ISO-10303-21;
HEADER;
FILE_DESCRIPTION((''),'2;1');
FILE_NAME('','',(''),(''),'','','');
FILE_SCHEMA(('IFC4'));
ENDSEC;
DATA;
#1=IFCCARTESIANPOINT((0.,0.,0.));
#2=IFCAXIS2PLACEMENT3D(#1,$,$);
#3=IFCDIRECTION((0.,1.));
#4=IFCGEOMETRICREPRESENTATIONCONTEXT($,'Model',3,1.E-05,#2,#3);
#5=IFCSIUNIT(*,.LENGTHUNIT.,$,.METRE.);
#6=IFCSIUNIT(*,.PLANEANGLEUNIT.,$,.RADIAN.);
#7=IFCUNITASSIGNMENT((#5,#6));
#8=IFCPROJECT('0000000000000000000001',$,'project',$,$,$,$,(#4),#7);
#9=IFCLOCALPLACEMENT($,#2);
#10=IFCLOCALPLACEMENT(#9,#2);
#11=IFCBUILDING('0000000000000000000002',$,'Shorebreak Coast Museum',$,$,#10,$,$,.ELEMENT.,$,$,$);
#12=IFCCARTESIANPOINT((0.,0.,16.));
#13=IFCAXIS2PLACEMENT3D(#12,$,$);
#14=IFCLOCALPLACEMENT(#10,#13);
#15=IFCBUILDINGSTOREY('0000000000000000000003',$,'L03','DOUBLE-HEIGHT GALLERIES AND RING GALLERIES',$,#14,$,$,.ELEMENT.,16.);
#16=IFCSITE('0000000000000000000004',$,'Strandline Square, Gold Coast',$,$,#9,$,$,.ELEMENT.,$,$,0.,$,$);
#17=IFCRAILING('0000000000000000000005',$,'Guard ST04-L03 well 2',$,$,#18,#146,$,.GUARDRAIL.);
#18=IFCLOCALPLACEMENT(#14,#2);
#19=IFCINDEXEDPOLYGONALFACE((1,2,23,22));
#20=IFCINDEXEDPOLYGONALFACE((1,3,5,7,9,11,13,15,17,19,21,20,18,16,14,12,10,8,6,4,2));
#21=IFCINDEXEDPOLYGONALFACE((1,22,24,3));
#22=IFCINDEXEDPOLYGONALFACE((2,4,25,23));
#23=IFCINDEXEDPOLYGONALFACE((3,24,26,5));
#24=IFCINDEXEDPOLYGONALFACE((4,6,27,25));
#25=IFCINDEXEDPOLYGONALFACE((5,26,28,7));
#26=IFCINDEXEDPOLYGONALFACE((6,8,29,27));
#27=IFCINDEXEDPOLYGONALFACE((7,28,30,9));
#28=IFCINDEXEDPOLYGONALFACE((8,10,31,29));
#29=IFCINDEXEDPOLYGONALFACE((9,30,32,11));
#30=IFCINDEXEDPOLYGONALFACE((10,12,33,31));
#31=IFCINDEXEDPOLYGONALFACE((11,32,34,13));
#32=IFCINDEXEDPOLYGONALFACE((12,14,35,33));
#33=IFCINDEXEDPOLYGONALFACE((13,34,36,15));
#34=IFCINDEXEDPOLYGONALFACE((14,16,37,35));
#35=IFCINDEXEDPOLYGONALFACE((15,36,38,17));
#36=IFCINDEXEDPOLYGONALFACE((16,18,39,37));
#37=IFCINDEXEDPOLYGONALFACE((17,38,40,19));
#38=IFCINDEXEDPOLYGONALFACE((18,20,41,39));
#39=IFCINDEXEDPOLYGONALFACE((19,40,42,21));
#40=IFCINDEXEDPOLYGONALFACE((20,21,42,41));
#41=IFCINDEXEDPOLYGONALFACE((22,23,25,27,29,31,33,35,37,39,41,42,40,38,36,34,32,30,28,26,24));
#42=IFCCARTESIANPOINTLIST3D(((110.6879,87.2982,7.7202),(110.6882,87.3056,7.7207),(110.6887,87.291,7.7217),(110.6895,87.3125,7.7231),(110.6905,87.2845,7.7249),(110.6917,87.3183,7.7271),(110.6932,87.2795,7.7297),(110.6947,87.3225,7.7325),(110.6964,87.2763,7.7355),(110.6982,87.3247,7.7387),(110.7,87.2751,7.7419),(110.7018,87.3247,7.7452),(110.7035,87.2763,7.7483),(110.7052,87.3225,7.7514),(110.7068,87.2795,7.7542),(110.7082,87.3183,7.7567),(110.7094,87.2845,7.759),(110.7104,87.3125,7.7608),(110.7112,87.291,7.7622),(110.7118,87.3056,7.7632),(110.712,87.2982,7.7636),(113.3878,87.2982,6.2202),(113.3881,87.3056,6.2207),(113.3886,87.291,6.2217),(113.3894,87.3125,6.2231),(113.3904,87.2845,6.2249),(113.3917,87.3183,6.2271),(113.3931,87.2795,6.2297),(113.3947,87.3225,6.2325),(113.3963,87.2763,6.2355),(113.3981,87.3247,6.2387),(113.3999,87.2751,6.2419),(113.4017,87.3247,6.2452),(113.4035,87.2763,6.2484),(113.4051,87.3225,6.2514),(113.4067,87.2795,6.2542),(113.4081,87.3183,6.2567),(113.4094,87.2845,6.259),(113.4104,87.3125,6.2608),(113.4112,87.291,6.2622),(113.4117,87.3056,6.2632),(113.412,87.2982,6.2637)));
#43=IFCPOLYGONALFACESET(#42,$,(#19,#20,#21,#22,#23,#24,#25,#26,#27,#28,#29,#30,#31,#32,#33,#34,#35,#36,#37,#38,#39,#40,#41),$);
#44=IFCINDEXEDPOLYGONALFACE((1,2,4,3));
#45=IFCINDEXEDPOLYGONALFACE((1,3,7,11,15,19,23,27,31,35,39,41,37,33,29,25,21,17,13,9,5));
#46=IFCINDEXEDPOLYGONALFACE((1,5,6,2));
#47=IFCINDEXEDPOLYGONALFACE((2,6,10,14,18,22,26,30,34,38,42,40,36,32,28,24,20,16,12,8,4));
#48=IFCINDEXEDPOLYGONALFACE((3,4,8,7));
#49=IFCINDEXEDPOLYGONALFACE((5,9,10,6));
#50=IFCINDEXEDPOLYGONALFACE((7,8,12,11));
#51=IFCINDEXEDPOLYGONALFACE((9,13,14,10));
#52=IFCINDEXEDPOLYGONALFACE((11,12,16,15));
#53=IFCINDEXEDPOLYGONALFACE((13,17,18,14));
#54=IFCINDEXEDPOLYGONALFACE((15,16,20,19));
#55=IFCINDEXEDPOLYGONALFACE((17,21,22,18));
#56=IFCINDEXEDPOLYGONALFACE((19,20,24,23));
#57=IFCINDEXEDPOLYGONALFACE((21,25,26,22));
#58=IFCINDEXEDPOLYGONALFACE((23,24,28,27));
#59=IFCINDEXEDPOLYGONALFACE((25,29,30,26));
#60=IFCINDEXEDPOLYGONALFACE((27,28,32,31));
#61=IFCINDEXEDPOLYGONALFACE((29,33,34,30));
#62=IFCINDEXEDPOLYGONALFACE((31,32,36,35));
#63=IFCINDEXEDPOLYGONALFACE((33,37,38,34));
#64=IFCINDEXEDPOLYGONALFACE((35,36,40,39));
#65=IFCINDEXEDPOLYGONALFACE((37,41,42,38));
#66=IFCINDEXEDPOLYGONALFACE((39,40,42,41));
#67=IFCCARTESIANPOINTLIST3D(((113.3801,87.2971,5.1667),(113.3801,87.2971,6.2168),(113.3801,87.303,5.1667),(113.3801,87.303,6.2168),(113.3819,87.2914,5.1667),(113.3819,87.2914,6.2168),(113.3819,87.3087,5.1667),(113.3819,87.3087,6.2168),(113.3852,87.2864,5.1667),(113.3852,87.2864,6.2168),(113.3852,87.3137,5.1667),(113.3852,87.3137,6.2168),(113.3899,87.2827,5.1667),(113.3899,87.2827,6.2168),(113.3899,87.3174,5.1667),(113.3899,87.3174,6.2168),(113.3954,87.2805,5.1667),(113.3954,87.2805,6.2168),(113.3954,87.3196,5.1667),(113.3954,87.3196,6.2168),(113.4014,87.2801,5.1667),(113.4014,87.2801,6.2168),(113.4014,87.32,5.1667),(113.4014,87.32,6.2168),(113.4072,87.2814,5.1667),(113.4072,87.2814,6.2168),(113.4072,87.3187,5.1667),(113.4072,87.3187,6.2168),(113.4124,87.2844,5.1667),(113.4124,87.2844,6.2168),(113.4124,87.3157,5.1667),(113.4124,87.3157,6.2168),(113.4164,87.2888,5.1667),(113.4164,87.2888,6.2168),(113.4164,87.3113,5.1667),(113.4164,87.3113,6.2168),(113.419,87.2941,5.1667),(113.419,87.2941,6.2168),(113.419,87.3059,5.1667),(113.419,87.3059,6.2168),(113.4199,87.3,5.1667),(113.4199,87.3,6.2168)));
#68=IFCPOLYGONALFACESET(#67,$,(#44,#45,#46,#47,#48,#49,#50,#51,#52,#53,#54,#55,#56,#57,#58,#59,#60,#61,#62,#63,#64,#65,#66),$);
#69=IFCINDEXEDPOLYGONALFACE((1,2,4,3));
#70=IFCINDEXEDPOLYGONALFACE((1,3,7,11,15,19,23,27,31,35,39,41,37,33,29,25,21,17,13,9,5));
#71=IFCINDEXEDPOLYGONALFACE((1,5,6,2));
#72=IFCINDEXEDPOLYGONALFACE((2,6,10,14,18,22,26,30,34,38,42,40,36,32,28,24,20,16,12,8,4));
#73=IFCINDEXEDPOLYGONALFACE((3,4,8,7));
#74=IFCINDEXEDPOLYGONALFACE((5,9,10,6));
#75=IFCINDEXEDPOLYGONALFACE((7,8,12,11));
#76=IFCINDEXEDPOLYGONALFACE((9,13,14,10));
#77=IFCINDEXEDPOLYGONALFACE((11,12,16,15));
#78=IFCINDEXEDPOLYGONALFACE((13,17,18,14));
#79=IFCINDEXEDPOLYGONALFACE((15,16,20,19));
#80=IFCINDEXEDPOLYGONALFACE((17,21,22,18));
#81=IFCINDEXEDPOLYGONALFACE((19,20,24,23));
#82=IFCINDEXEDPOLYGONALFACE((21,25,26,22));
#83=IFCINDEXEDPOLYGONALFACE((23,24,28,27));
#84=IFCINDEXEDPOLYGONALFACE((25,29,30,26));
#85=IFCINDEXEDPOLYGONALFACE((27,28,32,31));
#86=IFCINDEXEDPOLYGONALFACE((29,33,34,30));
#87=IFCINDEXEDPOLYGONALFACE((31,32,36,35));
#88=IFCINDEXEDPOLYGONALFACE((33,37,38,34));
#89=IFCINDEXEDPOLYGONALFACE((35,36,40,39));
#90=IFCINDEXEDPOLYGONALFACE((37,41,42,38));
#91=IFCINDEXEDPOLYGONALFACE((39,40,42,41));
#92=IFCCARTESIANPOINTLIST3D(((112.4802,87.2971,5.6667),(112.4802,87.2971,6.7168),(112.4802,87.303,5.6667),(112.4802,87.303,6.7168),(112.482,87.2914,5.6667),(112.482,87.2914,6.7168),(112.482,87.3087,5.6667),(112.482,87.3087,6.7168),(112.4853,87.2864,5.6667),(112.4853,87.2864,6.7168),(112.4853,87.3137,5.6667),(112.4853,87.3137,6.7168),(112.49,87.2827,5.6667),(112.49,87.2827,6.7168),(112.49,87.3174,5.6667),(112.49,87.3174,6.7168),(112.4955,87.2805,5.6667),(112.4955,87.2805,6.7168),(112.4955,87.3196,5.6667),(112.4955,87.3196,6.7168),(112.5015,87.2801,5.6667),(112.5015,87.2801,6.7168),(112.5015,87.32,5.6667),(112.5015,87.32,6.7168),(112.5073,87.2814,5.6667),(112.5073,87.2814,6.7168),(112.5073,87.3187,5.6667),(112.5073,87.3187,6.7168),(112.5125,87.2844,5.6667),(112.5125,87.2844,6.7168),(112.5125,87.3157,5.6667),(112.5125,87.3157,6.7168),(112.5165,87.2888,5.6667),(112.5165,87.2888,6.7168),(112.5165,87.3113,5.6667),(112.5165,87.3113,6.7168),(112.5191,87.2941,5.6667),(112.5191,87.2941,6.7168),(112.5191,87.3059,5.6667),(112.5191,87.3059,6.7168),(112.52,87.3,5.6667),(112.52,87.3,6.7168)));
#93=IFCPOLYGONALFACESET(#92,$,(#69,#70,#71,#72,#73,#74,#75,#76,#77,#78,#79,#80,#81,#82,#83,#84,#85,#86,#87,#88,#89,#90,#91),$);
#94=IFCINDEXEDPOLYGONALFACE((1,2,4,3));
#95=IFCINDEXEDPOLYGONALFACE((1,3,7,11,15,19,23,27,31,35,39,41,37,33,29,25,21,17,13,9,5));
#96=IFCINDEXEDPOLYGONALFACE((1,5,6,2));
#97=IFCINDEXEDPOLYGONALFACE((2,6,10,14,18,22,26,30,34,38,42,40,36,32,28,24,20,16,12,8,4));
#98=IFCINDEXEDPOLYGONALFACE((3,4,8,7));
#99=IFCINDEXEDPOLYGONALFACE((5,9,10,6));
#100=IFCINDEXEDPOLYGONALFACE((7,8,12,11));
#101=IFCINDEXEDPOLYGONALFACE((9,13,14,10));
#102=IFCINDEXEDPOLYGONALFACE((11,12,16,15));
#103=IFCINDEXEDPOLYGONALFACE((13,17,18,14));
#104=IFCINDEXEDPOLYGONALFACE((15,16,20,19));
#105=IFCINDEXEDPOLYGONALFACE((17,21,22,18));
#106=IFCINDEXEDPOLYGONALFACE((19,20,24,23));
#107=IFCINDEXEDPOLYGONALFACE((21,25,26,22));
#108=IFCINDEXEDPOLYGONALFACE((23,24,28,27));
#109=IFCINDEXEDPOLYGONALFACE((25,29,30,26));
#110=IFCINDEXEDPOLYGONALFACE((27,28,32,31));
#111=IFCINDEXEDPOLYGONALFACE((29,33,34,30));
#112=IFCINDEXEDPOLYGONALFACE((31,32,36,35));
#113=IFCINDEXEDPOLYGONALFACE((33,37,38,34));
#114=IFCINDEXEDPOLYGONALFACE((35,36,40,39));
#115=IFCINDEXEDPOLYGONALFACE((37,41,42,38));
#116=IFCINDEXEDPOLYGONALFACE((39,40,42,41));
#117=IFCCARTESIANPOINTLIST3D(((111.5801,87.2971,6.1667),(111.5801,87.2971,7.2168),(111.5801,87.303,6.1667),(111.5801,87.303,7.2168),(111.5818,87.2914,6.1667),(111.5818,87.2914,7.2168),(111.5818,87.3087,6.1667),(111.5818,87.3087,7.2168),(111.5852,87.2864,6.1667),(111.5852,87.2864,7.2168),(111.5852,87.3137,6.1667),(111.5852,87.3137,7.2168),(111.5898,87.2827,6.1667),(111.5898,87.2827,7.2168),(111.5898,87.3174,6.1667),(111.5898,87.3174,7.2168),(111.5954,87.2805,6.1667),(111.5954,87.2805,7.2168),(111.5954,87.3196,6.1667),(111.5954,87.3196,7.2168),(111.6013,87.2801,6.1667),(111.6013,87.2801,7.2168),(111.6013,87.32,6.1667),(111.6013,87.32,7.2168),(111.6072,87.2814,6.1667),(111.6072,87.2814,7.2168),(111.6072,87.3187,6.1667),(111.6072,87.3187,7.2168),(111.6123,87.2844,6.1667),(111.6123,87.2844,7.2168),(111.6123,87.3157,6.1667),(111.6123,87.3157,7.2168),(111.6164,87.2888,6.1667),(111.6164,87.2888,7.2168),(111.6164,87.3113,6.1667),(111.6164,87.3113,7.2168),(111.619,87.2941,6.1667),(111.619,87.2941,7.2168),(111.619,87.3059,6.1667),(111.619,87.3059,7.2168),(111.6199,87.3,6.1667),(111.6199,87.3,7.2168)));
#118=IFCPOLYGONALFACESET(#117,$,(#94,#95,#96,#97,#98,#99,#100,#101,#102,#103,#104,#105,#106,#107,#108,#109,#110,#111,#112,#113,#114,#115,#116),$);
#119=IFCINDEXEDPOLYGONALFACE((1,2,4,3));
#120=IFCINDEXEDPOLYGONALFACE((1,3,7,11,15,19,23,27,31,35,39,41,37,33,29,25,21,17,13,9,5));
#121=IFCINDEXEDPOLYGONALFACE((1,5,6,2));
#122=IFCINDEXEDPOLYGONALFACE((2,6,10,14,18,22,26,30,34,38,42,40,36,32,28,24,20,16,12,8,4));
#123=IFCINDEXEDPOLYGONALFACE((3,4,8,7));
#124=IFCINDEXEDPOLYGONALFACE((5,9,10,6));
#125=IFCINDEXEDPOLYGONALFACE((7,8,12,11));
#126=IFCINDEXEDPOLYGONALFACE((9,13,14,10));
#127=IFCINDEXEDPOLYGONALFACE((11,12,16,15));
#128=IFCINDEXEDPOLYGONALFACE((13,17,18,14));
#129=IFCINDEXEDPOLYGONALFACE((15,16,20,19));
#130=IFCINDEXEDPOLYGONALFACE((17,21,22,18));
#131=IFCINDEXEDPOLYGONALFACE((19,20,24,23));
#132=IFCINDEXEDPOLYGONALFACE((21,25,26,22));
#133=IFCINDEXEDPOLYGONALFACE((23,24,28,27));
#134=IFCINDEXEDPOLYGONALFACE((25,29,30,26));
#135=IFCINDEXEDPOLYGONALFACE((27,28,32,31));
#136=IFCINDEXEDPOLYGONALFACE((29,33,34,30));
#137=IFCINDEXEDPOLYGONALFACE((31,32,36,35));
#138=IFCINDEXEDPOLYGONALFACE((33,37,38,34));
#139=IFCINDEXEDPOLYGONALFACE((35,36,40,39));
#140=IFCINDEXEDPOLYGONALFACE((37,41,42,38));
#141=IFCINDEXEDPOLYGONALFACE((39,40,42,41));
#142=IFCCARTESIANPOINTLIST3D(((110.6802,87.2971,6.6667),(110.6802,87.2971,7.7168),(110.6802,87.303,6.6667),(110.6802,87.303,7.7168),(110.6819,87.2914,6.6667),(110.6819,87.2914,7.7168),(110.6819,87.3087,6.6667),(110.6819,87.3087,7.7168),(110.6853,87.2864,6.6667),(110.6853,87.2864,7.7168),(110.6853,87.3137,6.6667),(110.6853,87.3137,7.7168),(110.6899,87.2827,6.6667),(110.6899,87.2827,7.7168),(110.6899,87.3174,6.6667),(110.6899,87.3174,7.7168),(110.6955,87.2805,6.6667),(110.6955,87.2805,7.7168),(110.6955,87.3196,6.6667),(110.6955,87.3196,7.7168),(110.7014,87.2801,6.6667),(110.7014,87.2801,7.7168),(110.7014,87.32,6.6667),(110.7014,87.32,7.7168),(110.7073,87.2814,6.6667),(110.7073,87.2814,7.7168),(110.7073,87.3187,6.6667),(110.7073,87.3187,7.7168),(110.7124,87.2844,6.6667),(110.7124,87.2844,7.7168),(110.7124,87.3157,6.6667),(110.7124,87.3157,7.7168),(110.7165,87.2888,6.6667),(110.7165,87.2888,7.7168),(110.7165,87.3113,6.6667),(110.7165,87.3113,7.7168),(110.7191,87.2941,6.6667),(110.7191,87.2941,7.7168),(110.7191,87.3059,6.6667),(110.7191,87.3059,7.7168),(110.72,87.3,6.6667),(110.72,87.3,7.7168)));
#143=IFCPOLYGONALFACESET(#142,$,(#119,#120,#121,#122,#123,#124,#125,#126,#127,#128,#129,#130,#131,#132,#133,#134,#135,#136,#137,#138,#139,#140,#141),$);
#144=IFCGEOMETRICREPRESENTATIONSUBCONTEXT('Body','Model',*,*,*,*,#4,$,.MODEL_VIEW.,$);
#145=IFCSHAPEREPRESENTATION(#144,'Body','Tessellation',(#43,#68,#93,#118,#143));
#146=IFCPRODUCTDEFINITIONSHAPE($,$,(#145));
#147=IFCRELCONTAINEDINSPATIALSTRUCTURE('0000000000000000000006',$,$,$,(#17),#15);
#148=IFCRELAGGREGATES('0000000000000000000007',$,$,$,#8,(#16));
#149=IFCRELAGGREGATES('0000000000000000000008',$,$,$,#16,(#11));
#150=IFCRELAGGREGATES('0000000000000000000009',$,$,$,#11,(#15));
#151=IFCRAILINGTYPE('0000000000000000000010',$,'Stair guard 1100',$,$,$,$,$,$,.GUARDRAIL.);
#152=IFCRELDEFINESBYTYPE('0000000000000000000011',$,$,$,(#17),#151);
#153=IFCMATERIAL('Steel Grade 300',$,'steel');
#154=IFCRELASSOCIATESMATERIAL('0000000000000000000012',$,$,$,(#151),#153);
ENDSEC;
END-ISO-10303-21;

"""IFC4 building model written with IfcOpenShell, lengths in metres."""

from ifc_helpers import new_model, si_unit, direction, frame, origin, origin_2d, place, context, subcontext, project, spatial, circle, extrude, material, type_object, element, save


model = new_model("IFC4")

# Units and contexts
model_context = context("Model", 3, precision=1e-05, world=origin(), true_north=direction((0.0, 1.0)))
body_context = subcontext(model_context, "Body", "Model", "MODEL_VIEW")
ifc_project = project(units=[si_unit("LENGTHUNIT", "METRE"), si_unit("PLANEANGLEUNIT", "RADIAN")], contexts=[model_context])

# Site, building, storey
site_placement = place(None, origin())
site = spatial("IfcSite", under=ifc_project, at=site_placement, Name="Strandline Square, Gold Coast", CompositionType="ELEMENT", RefElevation=0.0)
building_placement = place(site_placement, origin())
building = spatial("IfcBuilding", under=site, at=building_placement, Name="Shorebreak Coast Museum", CompositionType="ELEMENT")
storey_placement = place(building_placement, frame((0.0, 0.0, 16.0)))
storey = spatial("IfcBuildingStorey", under=building, at=storey_placement, Name="L03", Description="DOUBLE-HEIGHT GALLERIES AND RING GALLERIES", CompositionType="ELEMENT", Elevation=16.0)

# Railing
ifc_material_1 = material(Name="Steel Grade 300", Category="steel")
railing_type_1 = type_object("IfcRailingType", Name="Stair guard 1100", PredefinedType="GUARDRAIL", material=ifc_material_1)
for number, where, name in (
    (1, (113.3999, 87.3, 5.1667), "Guard ST04-L03 well 2"),
):
    element("IfcRailing", number, at=place(storey_placement, frame(where)), inside=storey, type_object=railing_type_1, Name=name, PredefinedType="GUARDRAIL", context=body_context, shape_type="SweptSolid", body=[
        extrude(circle(Radius=0.0249, at=origin_2d()), frame((0.0, 0.0, 1.0752), z_axis=(-0.874154, 0.0, 0.48565), x_axis=(0.0, -1.0, 0.0)), (0.0, 0.0, 1.0), 3.0886),
        extrude(circle(Radius=0.02, at=origin_2d()), origin(), (0.0, 0.0, 1.0), 1.05),
        extrude(circle(Radius=0.02, at=origin_2d()), frame((-0.8999, 0.0, 0.5)), (0.0, 0.0, 1.0), 1.05),
        extrude(circle(Radius=0.02, at=origin_2d()), frame((-1.8, 0.0, 1.0)), (0.0, 0.0, 1.0), 1.05),
        extrude(circle(Radius=0.02, at=origin_2d()), frame((-2.7, 0.0, 1.5)), (0.0, 0.0, 1.0), 1.05),
    ])

save(model, "model.ifc")
